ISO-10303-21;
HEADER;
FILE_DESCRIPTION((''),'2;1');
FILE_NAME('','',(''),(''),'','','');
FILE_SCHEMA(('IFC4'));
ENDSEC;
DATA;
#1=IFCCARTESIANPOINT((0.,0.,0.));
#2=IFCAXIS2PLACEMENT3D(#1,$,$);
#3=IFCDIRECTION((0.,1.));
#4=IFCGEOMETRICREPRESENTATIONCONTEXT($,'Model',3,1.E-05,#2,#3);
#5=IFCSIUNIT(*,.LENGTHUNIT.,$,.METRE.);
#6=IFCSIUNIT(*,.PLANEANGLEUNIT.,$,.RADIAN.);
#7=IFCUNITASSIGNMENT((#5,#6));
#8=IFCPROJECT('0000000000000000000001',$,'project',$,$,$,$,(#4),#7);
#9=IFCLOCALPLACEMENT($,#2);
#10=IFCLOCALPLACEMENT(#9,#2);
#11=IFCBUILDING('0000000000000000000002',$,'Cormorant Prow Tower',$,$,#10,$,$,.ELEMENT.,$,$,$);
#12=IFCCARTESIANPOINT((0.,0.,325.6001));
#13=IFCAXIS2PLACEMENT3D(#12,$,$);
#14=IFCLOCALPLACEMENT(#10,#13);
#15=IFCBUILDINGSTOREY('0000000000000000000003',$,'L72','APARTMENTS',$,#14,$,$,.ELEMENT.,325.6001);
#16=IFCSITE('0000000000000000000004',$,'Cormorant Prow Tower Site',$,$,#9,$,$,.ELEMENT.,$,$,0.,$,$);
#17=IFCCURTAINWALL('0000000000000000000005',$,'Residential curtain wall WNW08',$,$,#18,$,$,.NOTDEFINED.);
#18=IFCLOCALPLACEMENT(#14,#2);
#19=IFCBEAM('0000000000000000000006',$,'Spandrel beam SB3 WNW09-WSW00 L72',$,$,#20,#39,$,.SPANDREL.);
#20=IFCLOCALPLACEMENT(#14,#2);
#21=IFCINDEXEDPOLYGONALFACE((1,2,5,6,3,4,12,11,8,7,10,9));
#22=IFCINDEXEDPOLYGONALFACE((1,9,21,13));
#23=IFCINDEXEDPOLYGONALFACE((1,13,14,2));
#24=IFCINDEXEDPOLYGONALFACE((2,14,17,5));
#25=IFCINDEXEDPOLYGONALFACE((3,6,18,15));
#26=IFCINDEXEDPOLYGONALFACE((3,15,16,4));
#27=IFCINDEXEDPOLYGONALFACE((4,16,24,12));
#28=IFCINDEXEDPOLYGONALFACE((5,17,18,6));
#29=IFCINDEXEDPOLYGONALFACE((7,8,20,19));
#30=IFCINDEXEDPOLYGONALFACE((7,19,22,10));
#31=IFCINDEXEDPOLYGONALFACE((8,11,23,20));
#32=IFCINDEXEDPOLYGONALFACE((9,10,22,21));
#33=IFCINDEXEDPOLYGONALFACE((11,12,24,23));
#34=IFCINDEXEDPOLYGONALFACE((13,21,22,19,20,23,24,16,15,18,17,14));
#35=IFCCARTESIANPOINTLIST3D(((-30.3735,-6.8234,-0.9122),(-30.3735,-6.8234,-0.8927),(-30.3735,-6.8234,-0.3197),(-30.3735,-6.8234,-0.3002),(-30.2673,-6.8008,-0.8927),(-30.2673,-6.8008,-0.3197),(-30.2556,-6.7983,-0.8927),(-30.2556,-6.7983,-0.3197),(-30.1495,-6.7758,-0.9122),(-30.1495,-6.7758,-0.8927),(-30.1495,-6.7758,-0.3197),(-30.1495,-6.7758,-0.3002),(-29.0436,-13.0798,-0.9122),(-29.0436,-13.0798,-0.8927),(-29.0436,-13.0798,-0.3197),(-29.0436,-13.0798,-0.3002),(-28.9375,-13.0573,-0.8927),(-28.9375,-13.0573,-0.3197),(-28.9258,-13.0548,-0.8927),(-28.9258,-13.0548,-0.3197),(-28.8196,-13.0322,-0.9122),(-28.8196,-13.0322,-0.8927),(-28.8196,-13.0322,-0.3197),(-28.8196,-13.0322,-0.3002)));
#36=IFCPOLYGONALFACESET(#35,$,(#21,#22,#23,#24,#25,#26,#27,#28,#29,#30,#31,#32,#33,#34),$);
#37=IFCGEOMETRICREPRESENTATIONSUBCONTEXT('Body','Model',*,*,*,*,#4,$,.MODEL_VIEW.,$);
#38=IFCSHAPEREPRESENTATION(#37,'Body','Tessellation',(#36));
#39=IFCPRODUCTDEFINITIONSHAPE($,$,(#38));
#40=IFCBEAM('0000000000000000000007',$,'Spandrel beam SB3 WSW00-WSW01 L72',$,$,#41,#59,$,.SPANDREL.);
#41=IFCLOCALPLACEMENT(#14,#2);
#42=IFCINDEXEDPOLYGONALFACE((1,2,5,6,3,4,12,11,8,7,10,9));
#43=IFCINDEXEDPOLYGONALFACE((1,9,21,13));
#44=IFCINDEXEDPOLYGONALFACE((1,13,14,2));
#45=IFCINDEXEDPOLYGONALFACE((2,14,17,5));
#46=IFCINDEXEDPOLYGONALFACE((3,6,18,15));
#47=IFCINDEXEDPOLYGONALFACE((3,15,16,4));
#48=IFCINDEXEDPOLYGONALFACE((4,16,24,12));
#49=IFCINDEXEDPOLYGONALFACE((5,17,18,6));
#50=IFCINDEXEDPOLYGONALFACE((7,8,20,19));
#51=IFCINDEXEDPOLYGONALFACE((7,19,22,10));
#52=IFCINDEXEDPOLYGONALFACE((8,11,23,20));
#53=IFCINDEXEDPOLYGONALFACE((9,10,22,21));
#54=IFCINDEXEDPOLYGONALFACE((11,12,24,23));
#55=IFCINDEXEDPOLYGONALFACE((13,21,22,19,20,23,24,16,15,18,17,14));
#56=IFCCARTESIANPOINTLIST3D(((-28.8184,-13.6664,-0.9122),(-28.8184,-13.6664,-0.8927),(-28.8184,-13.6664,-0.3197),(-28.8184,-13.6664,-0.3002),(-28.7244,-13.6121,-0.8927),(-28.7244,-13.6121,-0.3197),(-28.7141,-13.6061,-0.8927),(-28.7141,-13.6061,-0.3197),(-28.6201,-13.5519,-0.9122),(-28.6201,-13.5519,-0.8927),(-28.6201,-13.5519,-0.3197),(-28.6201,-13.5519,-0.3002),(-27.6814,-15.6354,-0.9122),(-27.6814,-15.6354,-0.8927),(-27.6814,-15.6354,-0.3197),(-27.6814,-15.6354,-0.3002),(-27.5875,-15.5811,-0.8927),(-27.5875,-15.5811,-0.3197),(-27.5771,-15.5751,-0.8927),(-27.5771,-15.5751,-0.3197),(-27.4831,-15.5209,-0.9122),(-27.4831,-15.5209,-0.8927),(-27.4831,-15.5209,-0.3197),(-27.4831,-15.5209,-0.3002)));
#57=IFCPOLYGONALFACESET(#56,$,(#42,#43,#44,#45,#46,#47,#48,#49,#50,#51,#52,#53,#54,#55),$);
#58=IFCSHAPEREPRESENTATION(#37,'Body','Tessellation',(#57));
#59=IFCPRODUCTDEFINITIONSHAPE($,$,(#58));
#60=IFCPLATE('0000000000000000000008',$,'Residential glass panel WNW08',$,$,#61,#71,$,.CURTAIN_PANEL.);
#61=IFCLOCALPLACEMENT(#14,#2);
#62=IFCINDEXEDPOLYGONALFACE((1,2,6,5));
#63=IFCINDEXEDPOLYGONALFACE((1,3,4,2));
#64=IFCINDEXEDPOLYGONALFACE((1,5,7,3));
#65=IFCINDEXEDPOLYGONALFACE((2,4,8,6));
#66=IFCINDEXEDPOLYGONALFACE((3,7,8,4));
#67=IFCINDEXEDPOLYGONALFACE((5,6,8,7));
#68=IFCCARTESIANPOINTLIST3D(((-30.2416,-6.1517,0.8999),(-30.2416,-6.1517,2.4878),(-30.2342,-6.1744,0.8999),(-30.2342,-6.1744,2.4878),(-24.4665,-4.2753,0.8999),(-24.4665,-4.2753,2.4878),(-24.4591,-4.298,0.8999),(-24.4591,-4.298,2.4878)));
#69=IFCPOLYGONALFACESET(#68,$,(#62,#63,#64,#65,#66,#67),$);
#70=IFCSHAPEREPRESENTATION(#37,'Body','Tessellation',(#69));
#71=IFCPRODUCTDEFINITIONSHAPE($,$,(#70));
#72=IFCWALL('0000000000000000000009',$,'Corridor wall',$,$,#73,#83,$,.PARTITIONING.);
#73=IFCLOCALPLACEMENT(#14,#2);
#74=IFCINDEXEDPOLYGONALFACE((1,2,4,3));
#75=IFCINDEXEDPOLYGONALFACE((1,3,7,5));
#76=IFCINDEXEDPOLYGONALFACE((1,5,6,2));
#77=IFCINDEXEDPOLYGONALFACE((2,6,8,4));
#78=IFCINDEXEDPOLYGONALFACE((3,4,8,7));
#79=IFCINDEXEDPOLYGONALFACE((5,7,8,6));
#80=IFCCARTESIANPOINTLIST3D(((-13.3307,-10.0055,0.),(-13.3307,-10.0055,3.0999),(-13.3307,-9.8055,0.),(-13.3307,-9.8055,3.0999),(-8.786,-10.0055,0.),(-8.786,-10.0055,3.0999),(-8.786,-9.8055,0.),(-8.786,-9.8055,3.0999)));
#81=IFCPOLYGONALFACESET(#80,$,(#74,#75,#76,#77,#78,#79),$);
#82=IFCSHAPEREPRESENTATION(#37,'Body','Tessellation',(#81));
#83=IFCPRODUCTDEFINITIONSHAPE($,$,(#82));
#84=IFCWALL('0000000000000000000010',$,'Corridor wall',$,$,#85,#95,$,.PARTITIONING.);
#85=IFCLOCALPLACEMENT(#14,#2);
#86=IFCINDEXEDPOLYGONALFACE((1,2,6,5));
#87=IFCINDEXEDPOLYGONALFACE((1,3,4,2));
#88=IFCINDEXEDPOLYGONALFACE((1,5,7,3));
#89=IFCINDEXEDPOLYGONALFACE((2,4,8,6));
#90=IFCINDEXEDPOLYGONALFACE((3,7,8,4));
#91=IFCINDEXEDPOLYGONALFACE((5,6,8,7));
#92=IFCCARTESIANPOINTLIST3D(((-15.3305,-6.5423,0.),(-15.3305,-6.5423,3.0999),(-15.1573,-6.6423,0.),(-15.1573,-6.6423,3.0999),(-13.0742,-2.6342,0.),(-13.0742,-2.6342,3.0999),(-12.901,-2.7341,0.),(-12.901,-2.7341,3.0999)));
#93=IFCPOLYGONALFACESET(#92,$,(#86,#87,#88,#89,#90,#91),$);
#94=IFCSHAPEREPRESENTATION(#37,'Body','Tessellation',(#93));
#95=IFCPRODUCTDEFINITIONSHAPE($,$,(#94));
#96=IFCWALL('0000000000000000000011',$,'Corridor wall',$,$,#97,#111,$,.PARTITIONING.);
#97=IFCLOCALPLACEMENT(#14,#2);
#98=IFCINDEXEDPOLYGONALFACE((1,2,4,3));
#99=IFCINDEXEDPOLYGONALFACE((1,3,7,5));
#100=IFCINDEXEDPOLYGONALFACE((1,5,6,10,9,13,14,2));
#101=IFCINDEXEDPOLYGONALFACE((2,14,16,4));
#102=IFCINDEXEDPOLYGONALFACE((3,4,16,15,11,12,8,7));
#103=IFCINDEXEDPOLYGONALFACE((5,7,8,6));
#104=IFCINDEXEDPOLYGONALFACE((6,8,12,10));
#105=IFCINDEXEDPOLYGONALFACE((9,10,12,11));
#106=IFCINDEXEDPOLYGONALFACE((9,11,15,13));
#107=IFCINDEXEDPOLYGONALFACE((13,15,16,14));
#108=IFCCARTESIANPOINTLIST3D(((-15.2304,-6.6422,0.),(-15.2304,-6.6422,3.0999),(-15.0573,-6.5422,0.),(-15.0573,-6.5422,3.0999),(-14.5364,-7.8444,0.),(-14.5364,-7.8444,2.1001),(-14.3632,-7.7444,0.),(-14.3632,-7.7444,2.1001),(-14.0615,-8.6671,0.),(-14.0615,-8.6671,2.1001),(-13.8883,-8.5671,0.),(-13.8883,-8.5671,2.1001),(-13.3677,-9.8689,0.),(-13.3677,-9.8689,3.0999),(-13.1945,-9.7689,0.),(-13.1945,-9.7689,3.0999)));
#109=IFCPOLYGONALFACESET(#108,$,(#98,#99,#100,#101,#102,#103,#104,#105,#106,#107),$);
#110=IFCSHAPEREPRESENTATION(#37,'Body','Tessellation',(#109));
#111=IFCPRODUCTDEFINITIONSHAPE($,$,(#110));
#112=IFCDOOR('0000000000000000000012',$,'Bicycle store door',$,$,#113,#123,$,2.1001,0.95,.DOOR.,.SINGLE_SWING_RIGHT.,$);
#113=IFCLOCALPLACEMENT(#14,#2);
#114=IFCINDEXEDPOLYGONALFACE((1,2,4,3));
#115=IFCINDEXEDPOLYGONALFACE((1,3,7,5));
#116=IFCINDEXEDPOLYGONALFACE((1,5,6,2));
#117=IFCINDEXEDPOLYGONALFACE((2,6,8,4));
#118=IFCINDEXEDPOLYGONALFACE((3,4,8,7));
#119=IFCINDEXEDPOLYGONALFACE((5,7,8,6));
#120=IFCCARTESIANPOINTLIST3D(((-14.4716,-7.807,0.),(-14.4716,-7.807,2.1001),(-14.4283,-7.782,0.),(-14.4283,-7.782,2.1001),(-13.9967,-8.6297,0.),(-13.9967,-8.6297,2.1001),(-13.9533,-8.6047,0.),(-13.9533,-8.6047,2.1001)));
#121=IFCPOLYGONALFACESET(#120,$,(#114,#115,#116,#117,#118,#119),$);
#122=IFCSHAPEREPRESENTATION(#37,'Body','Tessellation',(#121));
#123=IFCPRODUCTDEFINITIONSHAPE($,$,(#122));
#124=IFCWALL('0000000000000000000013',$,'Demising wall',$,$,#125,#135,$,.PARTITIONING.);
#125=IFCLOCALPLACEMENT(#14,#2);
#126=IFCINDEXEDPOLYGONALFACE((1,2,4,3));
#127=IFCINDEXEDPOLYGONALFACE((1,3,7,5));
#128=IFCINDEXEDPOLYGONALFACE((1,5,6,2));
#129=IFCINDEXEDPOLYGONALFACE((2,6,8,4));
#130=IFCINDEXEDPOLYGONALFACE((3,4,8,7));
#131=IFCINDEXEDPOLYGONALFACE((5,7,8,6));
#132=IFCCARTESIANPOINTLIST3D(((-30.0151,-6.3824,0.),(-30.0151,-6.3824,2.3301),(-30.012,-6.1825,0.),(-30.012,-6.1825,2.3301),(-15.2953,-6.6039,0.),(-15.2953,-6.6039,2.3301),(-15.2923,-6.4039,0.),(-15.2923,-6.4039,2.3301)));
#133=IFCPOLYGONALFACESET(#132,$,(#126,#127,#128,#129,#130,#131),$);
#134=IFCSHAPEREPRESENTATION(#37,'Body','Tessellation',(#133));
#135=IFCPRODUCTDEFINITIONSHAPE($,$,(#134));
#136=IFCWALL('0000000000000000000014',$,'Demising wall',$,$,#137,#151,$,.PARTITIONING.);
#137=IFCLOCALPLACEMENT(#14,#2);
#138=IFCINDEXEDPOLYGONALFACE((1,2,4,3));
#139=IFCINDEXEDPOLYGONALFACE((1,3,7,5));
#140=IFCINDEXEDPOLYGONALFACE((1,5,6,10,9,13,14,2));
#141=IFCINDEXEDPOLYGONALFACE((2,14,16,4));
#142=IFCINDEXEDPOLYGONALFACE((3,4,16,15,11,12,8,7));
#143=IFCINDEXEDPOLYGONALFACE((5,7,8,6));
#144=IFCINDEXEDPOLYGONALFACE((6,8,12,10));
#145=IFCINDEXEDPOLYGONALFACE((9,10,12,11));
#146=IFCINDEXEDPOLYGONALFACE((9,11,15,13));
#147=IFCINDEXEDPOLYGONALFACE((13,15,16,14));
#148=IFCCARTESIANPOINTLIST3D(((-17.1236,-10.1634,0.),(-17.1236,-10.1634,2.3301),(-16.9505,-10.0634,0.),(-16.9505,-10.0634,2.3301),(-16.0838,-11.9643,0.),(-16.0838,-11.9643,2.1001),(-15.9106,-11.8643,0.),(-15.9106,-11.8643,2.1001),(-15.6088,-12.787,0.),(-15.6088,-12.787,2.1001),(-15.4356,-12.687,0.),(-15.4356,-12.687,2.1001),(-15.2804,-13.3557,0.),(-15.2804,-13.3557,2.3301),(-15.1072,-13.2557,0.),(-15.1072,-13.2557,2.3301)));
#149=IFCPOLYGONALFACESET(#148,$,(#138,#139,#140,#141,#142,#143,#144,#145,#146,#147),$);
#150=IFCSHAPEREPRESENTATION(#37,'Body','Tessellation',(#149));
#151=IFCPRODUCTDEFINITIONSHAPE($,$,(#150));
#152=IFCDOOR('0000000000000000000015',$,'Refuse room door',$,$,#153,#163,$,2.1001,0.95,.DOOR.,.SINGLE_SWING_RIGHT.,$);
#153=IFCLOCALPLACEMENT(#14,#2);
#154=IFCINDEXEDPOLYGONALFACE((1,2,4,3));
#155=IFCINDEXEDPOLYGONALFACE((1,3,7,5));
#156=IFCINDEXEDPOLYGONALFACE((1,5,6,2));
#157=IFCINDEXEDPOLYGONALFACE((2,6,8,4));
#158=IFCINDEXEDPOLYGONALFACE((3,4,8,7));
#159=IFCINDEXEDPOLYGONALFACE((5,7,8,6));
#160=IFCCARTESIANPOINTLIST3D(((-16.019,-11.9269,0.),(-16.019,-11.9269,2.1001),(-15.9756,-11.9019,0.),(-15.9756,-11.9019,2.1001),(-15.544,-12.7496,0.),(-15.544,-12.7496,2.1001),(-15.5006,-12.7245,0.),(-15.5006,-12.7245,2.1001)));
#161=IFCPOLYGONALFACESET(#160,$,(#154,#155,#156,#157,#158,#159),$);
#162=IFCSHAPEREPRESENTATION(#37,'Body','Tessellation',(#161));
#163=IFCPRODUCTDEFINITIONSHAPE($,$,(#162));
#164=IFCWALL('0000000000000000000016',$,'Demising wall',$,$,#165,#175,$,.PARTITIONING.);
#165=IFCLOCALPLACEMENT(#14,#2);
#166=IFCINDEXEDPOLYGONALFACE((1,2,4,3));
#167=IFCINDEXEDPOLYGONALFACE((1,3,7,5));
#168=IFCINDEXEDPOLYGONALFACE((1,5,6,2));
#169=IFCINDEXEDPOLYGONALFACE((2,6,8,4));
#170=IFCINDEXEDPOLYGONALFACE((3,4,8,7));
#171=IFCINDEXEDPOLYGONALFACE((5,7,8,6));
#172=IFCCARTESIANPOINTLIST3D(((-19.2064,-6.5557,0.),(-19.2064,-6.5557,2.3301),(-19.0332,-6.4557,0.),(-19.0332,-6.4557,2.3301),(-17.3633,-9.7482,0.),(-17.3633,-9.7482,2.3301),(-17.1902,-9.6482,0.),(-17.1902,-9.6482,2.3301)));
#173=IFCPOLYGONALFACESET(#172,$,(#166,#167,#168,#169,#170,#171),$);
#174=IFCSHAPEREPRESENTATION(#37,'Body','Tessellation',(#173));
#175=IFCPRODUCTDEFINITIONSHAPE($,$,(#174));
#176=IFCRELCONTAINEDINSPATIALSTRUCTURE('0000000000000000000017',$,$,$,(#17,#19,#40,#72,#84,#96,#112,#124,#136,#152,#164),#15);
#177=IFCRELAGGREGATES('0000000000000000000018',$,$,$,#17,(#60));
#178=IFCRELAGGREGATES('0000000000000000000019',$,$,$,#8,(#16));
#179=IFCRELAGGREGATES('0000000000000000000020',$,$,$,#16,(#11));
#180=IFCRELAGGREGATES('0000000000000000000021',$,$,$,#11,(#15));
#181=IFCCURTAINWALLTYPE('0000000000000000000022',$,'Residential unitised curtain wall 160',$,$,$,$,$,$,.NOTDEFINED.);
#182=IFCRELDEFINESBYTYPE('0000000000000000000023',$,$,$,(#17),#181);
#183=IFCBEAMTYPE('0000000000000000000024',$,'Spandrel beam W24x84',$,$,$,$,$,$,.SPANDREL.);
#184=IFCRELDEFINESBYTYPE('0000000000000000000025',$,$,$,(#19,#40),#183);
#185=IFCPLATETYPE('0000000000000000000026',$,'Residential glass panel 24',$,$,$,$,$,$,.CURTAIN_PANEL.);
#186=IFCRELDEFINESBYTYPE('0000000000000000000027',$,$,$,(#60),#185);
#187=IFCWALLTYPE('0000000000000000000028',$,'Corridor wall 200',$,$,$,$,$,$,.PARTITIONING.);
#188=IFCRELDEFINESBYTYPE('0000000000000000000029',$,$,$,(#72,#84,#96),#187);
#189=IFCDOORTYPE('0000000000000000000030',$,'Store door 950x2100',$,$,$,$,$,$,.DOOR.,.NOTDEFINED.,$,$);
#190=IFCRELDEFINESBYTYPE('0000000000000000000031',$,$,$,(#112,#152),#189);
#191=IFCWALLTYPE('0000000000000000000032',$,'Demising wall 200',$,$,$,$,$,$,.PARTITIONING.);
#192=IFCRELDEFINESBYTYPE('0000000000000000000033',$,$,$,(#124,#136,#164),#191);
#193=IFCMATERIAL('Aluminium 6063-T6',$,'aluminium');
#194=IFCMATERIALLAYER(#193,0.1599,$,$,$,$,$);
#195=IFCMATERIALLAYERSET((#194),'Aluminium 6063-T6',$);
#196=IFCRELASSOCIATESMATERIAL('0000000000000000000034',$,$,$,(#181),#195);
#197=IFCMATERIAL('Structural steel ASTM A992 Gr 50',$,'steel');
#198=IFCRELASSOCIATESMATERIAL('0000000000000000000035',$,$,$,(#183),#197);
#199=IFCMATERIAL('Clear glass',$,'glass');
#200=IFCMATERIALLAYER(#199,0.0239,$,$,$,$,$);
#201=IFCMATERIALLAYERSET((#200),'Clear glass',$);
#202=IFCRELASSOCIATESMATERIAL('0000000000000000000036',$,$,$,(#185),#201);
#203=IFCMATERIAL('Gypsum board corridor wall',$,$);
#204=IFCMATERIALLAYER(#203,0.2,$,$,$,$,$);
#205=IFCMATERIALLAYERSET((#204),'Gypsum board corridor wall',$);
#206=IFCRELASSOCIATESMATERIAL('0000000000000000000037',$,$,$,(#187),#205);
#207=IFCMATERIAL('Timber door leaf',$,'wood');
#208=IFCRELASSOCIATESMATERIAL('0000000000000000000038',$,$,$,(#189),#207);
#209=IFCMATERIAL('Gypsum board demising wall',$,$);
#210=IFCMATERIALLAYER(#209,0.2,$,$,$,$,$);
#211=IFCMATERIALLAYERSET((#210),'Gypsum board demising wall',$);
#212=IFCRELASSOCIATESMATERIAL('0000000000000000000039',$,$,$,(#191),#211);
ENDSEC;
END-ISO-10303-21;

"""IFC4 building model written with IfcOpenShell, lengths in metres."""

from ifc_helpers import new_model, si_unit, direction, frame, frame_2d, origin, origin_2d, place, context, subcontext, project, spatial, rectangle, i_section, extrude, material, layer, layer_set, material_profile, profile_set, type_object, element, fill, aggregate, save


model = new_model("IFC4")

# Units and contexts
model_context = context("Model", 3, precision=1e-05, world=origin(), true_north=direction((0.0, 1.0)))
body_context = subcontext(model_context, "Body", "Model", "MODEL_VIEW")
ifc_project = project(units=[si_unit("LENGTHUNIT", "METRE"), si_unit("PLANEANGLEUNIT", "RADIAN")], contexts=[model_context])

# Site, building, storey
site_placement = place(None, origin())
site = spatial("IfcSite", under=ifc_project, at=site_placement, Name="Cormorant Prow Tower Site", CompositionType="ELEMENT", RefElevation=0.0)
building_placement = place(site_placement, origin())
building = spatial("IfcBuilding", under=site, at=building_placement, Name="Cormorant Prow Tower", CompositionType="ELEMENT")
storey_placement = place(building_placement, frame((0.0, 0.0, 325.6001)))
storey = spatial("IfcBuildingStorey", under=building, at=storey_placement, Name="L72", Description="APARTMENTS", CompositionType="ELEMENT", Elevation=325.6001)

# Curtain wall
ifc_material_1 = material(Name="Aluminium 6063-T6", Category="aluminium")
ifc_layer_1 = layer(ifc_material_1, 0.1599)
ifc_layer_set_1 = layer_set([ifc_layer_1], Name="Aluminium 6063-T6")
curtain_wall_type = type_object("IfcCurtainWallType", Name="Residential unitised curtain wall 160", PredefinedType="NOTDEFINED", material=ifc_layer_set_1)
curtain_wall_placement = place(storey_placement, origin())
curtain_wall = element("IfcCurtainWall", 1, at=curtain_wall_placement, inside=storey, type_object=curtain_wall_type, Name="Residential curtain wall WNW08", PredefinedType="NOTDEFINED")

# Beams
ifc_material_2 = material(Name="Structural steel ASTM A992 Gr 50", Category="steel")
ifc_material_profile_1 = material_profile(ifc_material_2, i_section(OverallWidth=0.229, OverallDepth=0.6121, WebThickness=0.012, FlangeThickness=0.0195, at=origin_2d()), Name="W24x84")
ifc_profile_set_1 = profile_set([ifc_material_profile_1], Name="Structural steel ASTM A992 Gr 50")
beam_type_1 = type_object("IfcBeamType", Name="Spandrel beam W24x84", PredefinedType="SPANDREL", material=ifc_profile_set_1)
beam_1_placement = place(storey_placement, frame((-30.2615, -6.7996, -0.6062), z_axis=(0.207913, -0.978147, 0.0), x_axis=(0.978147, 0.207913, 0.0)))
element("IfcBeam", 2, at=beam_1_placement, inside=storey, type_object=beam_type_1, Name="Spandrel beam SB3 WNW09-WSW00 L72", PredefinedType="SPANDREL", context=body_context, shape_type="SweptSolid", body=[
    extrude(i_section(OverallWidth=0.229, OverallDepth=0.6121, WebThickness=0.012, FlangeThickness=0.0195, at=origin_2d()), origin(), (0.0, 0.0, 1.0), 6.3962),
])
beam_2_placement = place(storey_placement, frame((-28.7192, -13.6091, -0.6062), z_axis=(0.500054, -0.865994, 0.0), x_axis=(0.865994, 0.500054, 0.0)))
element("IfcBeam", 3, at=beam_2_placement, inside=storey, type_object=beam_type_1, Name="Spandrel beam SB3 WSW00-WSW01 L72", PredefinedType="SPANDREL", context=body_context, shape_type="SweptSolid", body=[
    extrude(i_section(OverallWidth=0.229, OverallDepth=0.6121, WebThickness=0.012, FlangeThickness=0.0195, at=origin_2d()), origin(), (0.0, 0.0, 1.0), 2.2737),
])

# Plate
ifc_material_3 = material(Name="Clear glass", Category="glass")
ifc_layer_2 = layer(ifc_material_3, 0.0239)
ifc_layer_set_2 = layer_set([ifc_layer_2], Name="Clear glass")
plate_type = type_object("IfcPlateType", Name="Residential glass panel 24", PredefinedType="CURTAIN_PANEL", material=ifc_layer_set_2)
plate_placement = place(storey_placement, frame((-27.3503, -5.2249, 0.8999), z_axis=(0.0, 0.0, 1.0), x_axis=(-0.951057, -0.309017, 0.0)))
plate = element("IfcPlate", 4, at=plate_placement, type_object=plate_type, Name="Residential glass panel WNW08", PredefinedType="CURTAIN_PANEL", context=body_context, shape_type="SweptSolid", body=[
    extrude(rectangle(XDim=6.0723, YDim=0.0239, at=origin_2d()), origin(), (0.0, 0.0, 1.0), 1.5879),
])
aggregate(curtain_wall, [plate])

# Walls
ifc_material_4 = material(Name="Gypsum board corridor wall")
ifc_layer_3 = layer(ifc_material_4, 0.2)
ifc_layer_set_3 = layer_set([ifc_layer_3], Name="Gypsum board corridor wall")
wall_type_1 = type_object("IfcWallType", Name="Corridor wall 200", PredefinedType="PARTITIONING", material=ifc_layer_set_3)
wall_1_placement = place(storey_placement, frame((-13.3308, -9.9055, 0.0), z_axis=(0.0, 0.0, 1.0), x_axis=(1.0, 0.0, 0.0)))
element("IfcWall", 5, at=wall_1_placement, inside=storey, type_object=wall_type_1, Name="Corridor wall", PredefinedType="PARTITIONING", context=body_context, shape_type="SweptSolid", body=[
    extrude(rectangle(XDim=4.5447, YDim=0.2, at=frame_2d((2.2725, 0.0))), origin(), (0.0, 0.0, 1.0), 3.0999),
])
wall_2_placement = place(storey_placement, frame((-15.2439, -6.5923, 0.0), z_axis=(0.0, 0.0, 1.0), x_axis=(0.499991, 0.866031, 0.0)))
element("IfcWall", 6, at=wall_2_placement, inside=storey, type_object=wall_type_1, Name="Corridor wall", PredefinedType="PARTITIONING", context=body_context, shape_type="SweptSolid", body=[
    extrude(rectangle(XDim=4.5127, YDim=0.2, at=frame_2d((2.2563, 0.0))), origin(), (0.0, 0.0, 1.0), 3.0999),
])

# Wall, opening, door
wall_3_placement = place(storey_placement, frame((-15.1438, -6.5923, 0.0), z_axis=(0.0, 0.0, 1.0), x_axis=(0.499959, -0.866049, 0.0)))
wall_3 = element("IfcWall", 7, at=wall_3_placement, inside=storey, type_object=wall_type_1, Name="Corridor wall", PredefinedType="PARTITIONING", context=body_context, shape_type="SweptSolid", body=[
    extrude(rectangle(XDim=3.7258, YDim=0.2, at=frame_2d((1.8628, 0.0))), origin(), (0.0, 0.0, 1.0), 3.0999),
])
opening_1_placement = place(wall_3_placement, frame((1.3879, 0.0, 0.0)))
opening_1 = element("IfcOpeningElement", 8, at=opening_1_placement, cuts=wall_3, PredefinedType="OPENING", context=body_context, shape_type="SweptSolid", body=[
    extrude(rectangle(XDim=0.95, YDim=2.1001, at=frame_2d((0.4751, 1.05))), frame((0.0, 0.1099, 0.0), z_axis=(0.0, -1.0, 0.0), x_axis=(1.0, 0.0, 0.0)), (0.0, 0.0, 1.0), 0.22),
])
ifc_material_5 = material(Name="Timber door leaf", Category="wood")
door_type_1 = type_object("IfcDoorType", Name="Store door 950x2100", OperationType="NOTDEFINED", PredefinedType="DOOR", material=ifc_material_5)
door_1_placement = place(opening_1_placement, origin())
door_1 = element("IfcDoor", 9, at=door_1_placement, inside=storey, type_object=door_type_1, Name="Bicycle store door", OperationType="SINGLE_SWING_RIGHT", OverallHeight=2.1001, OverallWidth=0.95, PredefinedType="DOOR", context=body_context, shape_type="SweptSolid", body=[
    extrude(rectangle(XDim=0.95, YDim=2.1001, at=frame_2d((0.4751, 1.05))), frame((0.0, 0.0249, 0.0), z_axis=(0.0, -1.0, 0.0), x_axis=(1.0, 0.0, 0.0)), (0.0, 0.0, 1.0), 0.05),
])
fill(opening_1, door_1)

# Wall
ifc_material_6 = material(Name="Gypsum board demising wall")
ifc_layer_4 = layer(ifc_material_6, 0.2)
ifc_layer_set_4 = layer_set([ifc_layer_4], Name="Gypsum board demising wall")
wall_type_2 = type_object("IfcWallType", Name="Demising wall 200", PredefinedType="PARTITIONING", material=ifc_layer_set_4)
wall_4_placement = place(storey_placement, frame((-30.0137, -6.2825, 0.0), z_axis=(0.0, 0.0, 1.0), x_axis=(0.999887, -0.015042, 0.0)))
element("IfcWall", 10, at=wall_4_placement, inside=storey, type_object=wall_type_2, Name="Demising wall", PredefinedType="PARTITIONING", context=body_context, shape_type="SweptSolid", body=[
    extrude(rectangle(XDim=14.7214, YDim=0.2, at=frame_2d((7.3608, 0.0))), origin(), (0.0, 0.0, 1.0), 2.3301),
])

# Wall, opening, door
wall_5_placement = place(storey_placement, frame((-17.0371, -10.1133, 0.0), z_axis=(0.0, 0.0, 1.0), x_axis=(0.500028, -0.866009, 0.0)))
wall_5 = element("IfcWall", 11, at=wall_5_placement, inside=storey, type_object=wall_type_2, Name="Demising wall", PredefinedType="PARTITIONING", context=body_context, shape_type="SweptSolid", body=[
    extrude(rectangle(XDim=3.6863, YDim=0.2, at=frame_2d((1.8433, 0.0))), origin(), (0.0, 0.0, 1.0), 2.3301),
])
opening_2_placement = place(wall_5_placement, frame((2.0796, 0.0, 0.0)))
opening_2 = element("IfcOpeningElement", 12, at=opening_2_placement, cuts=wall_5, PredefinedType="OPENING", context=body_context, shape_type="SweptSolid", body=[
    extrude(rectangle(XDim=0.95, YDim=2.1001, at=frame_2d((0.4751, 1.05))), frame((0.0, 0.1099, 0.0), z_axis=(0.0, -1.0, 0.0), x_axis=(1.0, 0.0, 0.0)), (0.0, 0.0, 1.0), 0.22),
])
door_2_placement = place(opening_2_placement, origin())
door_2 = element("IfcDoor", 13, at=door_2_placement, inside=storey, type_object=door_type_1, Name="Refuse room door", OperationType="SINGLE_SWING_RIGHT", OverallHeight=2.1001, OverallWidth=0.95, PredefinedType="DOOR", context=body_context, shape_type="SweptSolid", body=[
    extrude(rectangle(XDim=0.95, YDim=2.1001, at=frame_2d((0.4751, 1.05))), frame((0.0, 0.0249, 0.0), z_axis=(0.0, -1.0, 0.0), x_axis=(1.0, 0.0, 0.0)), (0.0, 0.0, 1.0), 0.05),
])
fill(opening_2, door_2)

# Wall
wall_6_placement = place(storey_placement, frame((-19.1199, -6.5056, 0.0), z_axis=(0.0, 0.0, 1.0), x_axis=(0.499979, -0.866038, 0.0)))
element("IfcWall", 14, at=wall_6_placement, inside=storey, type_object=wall_type_2, Name="Demising wall", PredefinedType="PARTITIONING", context=body_context, shape_type="SweptSolid", body=[
    extrude(rectangle(XDim=3.6863, YDim=0.2, at=frame_2d((1.8433, 0.0))), origin(), (0.0, 0.0, 1.0), 2.3301),
])

save(model, "model.ifc")
